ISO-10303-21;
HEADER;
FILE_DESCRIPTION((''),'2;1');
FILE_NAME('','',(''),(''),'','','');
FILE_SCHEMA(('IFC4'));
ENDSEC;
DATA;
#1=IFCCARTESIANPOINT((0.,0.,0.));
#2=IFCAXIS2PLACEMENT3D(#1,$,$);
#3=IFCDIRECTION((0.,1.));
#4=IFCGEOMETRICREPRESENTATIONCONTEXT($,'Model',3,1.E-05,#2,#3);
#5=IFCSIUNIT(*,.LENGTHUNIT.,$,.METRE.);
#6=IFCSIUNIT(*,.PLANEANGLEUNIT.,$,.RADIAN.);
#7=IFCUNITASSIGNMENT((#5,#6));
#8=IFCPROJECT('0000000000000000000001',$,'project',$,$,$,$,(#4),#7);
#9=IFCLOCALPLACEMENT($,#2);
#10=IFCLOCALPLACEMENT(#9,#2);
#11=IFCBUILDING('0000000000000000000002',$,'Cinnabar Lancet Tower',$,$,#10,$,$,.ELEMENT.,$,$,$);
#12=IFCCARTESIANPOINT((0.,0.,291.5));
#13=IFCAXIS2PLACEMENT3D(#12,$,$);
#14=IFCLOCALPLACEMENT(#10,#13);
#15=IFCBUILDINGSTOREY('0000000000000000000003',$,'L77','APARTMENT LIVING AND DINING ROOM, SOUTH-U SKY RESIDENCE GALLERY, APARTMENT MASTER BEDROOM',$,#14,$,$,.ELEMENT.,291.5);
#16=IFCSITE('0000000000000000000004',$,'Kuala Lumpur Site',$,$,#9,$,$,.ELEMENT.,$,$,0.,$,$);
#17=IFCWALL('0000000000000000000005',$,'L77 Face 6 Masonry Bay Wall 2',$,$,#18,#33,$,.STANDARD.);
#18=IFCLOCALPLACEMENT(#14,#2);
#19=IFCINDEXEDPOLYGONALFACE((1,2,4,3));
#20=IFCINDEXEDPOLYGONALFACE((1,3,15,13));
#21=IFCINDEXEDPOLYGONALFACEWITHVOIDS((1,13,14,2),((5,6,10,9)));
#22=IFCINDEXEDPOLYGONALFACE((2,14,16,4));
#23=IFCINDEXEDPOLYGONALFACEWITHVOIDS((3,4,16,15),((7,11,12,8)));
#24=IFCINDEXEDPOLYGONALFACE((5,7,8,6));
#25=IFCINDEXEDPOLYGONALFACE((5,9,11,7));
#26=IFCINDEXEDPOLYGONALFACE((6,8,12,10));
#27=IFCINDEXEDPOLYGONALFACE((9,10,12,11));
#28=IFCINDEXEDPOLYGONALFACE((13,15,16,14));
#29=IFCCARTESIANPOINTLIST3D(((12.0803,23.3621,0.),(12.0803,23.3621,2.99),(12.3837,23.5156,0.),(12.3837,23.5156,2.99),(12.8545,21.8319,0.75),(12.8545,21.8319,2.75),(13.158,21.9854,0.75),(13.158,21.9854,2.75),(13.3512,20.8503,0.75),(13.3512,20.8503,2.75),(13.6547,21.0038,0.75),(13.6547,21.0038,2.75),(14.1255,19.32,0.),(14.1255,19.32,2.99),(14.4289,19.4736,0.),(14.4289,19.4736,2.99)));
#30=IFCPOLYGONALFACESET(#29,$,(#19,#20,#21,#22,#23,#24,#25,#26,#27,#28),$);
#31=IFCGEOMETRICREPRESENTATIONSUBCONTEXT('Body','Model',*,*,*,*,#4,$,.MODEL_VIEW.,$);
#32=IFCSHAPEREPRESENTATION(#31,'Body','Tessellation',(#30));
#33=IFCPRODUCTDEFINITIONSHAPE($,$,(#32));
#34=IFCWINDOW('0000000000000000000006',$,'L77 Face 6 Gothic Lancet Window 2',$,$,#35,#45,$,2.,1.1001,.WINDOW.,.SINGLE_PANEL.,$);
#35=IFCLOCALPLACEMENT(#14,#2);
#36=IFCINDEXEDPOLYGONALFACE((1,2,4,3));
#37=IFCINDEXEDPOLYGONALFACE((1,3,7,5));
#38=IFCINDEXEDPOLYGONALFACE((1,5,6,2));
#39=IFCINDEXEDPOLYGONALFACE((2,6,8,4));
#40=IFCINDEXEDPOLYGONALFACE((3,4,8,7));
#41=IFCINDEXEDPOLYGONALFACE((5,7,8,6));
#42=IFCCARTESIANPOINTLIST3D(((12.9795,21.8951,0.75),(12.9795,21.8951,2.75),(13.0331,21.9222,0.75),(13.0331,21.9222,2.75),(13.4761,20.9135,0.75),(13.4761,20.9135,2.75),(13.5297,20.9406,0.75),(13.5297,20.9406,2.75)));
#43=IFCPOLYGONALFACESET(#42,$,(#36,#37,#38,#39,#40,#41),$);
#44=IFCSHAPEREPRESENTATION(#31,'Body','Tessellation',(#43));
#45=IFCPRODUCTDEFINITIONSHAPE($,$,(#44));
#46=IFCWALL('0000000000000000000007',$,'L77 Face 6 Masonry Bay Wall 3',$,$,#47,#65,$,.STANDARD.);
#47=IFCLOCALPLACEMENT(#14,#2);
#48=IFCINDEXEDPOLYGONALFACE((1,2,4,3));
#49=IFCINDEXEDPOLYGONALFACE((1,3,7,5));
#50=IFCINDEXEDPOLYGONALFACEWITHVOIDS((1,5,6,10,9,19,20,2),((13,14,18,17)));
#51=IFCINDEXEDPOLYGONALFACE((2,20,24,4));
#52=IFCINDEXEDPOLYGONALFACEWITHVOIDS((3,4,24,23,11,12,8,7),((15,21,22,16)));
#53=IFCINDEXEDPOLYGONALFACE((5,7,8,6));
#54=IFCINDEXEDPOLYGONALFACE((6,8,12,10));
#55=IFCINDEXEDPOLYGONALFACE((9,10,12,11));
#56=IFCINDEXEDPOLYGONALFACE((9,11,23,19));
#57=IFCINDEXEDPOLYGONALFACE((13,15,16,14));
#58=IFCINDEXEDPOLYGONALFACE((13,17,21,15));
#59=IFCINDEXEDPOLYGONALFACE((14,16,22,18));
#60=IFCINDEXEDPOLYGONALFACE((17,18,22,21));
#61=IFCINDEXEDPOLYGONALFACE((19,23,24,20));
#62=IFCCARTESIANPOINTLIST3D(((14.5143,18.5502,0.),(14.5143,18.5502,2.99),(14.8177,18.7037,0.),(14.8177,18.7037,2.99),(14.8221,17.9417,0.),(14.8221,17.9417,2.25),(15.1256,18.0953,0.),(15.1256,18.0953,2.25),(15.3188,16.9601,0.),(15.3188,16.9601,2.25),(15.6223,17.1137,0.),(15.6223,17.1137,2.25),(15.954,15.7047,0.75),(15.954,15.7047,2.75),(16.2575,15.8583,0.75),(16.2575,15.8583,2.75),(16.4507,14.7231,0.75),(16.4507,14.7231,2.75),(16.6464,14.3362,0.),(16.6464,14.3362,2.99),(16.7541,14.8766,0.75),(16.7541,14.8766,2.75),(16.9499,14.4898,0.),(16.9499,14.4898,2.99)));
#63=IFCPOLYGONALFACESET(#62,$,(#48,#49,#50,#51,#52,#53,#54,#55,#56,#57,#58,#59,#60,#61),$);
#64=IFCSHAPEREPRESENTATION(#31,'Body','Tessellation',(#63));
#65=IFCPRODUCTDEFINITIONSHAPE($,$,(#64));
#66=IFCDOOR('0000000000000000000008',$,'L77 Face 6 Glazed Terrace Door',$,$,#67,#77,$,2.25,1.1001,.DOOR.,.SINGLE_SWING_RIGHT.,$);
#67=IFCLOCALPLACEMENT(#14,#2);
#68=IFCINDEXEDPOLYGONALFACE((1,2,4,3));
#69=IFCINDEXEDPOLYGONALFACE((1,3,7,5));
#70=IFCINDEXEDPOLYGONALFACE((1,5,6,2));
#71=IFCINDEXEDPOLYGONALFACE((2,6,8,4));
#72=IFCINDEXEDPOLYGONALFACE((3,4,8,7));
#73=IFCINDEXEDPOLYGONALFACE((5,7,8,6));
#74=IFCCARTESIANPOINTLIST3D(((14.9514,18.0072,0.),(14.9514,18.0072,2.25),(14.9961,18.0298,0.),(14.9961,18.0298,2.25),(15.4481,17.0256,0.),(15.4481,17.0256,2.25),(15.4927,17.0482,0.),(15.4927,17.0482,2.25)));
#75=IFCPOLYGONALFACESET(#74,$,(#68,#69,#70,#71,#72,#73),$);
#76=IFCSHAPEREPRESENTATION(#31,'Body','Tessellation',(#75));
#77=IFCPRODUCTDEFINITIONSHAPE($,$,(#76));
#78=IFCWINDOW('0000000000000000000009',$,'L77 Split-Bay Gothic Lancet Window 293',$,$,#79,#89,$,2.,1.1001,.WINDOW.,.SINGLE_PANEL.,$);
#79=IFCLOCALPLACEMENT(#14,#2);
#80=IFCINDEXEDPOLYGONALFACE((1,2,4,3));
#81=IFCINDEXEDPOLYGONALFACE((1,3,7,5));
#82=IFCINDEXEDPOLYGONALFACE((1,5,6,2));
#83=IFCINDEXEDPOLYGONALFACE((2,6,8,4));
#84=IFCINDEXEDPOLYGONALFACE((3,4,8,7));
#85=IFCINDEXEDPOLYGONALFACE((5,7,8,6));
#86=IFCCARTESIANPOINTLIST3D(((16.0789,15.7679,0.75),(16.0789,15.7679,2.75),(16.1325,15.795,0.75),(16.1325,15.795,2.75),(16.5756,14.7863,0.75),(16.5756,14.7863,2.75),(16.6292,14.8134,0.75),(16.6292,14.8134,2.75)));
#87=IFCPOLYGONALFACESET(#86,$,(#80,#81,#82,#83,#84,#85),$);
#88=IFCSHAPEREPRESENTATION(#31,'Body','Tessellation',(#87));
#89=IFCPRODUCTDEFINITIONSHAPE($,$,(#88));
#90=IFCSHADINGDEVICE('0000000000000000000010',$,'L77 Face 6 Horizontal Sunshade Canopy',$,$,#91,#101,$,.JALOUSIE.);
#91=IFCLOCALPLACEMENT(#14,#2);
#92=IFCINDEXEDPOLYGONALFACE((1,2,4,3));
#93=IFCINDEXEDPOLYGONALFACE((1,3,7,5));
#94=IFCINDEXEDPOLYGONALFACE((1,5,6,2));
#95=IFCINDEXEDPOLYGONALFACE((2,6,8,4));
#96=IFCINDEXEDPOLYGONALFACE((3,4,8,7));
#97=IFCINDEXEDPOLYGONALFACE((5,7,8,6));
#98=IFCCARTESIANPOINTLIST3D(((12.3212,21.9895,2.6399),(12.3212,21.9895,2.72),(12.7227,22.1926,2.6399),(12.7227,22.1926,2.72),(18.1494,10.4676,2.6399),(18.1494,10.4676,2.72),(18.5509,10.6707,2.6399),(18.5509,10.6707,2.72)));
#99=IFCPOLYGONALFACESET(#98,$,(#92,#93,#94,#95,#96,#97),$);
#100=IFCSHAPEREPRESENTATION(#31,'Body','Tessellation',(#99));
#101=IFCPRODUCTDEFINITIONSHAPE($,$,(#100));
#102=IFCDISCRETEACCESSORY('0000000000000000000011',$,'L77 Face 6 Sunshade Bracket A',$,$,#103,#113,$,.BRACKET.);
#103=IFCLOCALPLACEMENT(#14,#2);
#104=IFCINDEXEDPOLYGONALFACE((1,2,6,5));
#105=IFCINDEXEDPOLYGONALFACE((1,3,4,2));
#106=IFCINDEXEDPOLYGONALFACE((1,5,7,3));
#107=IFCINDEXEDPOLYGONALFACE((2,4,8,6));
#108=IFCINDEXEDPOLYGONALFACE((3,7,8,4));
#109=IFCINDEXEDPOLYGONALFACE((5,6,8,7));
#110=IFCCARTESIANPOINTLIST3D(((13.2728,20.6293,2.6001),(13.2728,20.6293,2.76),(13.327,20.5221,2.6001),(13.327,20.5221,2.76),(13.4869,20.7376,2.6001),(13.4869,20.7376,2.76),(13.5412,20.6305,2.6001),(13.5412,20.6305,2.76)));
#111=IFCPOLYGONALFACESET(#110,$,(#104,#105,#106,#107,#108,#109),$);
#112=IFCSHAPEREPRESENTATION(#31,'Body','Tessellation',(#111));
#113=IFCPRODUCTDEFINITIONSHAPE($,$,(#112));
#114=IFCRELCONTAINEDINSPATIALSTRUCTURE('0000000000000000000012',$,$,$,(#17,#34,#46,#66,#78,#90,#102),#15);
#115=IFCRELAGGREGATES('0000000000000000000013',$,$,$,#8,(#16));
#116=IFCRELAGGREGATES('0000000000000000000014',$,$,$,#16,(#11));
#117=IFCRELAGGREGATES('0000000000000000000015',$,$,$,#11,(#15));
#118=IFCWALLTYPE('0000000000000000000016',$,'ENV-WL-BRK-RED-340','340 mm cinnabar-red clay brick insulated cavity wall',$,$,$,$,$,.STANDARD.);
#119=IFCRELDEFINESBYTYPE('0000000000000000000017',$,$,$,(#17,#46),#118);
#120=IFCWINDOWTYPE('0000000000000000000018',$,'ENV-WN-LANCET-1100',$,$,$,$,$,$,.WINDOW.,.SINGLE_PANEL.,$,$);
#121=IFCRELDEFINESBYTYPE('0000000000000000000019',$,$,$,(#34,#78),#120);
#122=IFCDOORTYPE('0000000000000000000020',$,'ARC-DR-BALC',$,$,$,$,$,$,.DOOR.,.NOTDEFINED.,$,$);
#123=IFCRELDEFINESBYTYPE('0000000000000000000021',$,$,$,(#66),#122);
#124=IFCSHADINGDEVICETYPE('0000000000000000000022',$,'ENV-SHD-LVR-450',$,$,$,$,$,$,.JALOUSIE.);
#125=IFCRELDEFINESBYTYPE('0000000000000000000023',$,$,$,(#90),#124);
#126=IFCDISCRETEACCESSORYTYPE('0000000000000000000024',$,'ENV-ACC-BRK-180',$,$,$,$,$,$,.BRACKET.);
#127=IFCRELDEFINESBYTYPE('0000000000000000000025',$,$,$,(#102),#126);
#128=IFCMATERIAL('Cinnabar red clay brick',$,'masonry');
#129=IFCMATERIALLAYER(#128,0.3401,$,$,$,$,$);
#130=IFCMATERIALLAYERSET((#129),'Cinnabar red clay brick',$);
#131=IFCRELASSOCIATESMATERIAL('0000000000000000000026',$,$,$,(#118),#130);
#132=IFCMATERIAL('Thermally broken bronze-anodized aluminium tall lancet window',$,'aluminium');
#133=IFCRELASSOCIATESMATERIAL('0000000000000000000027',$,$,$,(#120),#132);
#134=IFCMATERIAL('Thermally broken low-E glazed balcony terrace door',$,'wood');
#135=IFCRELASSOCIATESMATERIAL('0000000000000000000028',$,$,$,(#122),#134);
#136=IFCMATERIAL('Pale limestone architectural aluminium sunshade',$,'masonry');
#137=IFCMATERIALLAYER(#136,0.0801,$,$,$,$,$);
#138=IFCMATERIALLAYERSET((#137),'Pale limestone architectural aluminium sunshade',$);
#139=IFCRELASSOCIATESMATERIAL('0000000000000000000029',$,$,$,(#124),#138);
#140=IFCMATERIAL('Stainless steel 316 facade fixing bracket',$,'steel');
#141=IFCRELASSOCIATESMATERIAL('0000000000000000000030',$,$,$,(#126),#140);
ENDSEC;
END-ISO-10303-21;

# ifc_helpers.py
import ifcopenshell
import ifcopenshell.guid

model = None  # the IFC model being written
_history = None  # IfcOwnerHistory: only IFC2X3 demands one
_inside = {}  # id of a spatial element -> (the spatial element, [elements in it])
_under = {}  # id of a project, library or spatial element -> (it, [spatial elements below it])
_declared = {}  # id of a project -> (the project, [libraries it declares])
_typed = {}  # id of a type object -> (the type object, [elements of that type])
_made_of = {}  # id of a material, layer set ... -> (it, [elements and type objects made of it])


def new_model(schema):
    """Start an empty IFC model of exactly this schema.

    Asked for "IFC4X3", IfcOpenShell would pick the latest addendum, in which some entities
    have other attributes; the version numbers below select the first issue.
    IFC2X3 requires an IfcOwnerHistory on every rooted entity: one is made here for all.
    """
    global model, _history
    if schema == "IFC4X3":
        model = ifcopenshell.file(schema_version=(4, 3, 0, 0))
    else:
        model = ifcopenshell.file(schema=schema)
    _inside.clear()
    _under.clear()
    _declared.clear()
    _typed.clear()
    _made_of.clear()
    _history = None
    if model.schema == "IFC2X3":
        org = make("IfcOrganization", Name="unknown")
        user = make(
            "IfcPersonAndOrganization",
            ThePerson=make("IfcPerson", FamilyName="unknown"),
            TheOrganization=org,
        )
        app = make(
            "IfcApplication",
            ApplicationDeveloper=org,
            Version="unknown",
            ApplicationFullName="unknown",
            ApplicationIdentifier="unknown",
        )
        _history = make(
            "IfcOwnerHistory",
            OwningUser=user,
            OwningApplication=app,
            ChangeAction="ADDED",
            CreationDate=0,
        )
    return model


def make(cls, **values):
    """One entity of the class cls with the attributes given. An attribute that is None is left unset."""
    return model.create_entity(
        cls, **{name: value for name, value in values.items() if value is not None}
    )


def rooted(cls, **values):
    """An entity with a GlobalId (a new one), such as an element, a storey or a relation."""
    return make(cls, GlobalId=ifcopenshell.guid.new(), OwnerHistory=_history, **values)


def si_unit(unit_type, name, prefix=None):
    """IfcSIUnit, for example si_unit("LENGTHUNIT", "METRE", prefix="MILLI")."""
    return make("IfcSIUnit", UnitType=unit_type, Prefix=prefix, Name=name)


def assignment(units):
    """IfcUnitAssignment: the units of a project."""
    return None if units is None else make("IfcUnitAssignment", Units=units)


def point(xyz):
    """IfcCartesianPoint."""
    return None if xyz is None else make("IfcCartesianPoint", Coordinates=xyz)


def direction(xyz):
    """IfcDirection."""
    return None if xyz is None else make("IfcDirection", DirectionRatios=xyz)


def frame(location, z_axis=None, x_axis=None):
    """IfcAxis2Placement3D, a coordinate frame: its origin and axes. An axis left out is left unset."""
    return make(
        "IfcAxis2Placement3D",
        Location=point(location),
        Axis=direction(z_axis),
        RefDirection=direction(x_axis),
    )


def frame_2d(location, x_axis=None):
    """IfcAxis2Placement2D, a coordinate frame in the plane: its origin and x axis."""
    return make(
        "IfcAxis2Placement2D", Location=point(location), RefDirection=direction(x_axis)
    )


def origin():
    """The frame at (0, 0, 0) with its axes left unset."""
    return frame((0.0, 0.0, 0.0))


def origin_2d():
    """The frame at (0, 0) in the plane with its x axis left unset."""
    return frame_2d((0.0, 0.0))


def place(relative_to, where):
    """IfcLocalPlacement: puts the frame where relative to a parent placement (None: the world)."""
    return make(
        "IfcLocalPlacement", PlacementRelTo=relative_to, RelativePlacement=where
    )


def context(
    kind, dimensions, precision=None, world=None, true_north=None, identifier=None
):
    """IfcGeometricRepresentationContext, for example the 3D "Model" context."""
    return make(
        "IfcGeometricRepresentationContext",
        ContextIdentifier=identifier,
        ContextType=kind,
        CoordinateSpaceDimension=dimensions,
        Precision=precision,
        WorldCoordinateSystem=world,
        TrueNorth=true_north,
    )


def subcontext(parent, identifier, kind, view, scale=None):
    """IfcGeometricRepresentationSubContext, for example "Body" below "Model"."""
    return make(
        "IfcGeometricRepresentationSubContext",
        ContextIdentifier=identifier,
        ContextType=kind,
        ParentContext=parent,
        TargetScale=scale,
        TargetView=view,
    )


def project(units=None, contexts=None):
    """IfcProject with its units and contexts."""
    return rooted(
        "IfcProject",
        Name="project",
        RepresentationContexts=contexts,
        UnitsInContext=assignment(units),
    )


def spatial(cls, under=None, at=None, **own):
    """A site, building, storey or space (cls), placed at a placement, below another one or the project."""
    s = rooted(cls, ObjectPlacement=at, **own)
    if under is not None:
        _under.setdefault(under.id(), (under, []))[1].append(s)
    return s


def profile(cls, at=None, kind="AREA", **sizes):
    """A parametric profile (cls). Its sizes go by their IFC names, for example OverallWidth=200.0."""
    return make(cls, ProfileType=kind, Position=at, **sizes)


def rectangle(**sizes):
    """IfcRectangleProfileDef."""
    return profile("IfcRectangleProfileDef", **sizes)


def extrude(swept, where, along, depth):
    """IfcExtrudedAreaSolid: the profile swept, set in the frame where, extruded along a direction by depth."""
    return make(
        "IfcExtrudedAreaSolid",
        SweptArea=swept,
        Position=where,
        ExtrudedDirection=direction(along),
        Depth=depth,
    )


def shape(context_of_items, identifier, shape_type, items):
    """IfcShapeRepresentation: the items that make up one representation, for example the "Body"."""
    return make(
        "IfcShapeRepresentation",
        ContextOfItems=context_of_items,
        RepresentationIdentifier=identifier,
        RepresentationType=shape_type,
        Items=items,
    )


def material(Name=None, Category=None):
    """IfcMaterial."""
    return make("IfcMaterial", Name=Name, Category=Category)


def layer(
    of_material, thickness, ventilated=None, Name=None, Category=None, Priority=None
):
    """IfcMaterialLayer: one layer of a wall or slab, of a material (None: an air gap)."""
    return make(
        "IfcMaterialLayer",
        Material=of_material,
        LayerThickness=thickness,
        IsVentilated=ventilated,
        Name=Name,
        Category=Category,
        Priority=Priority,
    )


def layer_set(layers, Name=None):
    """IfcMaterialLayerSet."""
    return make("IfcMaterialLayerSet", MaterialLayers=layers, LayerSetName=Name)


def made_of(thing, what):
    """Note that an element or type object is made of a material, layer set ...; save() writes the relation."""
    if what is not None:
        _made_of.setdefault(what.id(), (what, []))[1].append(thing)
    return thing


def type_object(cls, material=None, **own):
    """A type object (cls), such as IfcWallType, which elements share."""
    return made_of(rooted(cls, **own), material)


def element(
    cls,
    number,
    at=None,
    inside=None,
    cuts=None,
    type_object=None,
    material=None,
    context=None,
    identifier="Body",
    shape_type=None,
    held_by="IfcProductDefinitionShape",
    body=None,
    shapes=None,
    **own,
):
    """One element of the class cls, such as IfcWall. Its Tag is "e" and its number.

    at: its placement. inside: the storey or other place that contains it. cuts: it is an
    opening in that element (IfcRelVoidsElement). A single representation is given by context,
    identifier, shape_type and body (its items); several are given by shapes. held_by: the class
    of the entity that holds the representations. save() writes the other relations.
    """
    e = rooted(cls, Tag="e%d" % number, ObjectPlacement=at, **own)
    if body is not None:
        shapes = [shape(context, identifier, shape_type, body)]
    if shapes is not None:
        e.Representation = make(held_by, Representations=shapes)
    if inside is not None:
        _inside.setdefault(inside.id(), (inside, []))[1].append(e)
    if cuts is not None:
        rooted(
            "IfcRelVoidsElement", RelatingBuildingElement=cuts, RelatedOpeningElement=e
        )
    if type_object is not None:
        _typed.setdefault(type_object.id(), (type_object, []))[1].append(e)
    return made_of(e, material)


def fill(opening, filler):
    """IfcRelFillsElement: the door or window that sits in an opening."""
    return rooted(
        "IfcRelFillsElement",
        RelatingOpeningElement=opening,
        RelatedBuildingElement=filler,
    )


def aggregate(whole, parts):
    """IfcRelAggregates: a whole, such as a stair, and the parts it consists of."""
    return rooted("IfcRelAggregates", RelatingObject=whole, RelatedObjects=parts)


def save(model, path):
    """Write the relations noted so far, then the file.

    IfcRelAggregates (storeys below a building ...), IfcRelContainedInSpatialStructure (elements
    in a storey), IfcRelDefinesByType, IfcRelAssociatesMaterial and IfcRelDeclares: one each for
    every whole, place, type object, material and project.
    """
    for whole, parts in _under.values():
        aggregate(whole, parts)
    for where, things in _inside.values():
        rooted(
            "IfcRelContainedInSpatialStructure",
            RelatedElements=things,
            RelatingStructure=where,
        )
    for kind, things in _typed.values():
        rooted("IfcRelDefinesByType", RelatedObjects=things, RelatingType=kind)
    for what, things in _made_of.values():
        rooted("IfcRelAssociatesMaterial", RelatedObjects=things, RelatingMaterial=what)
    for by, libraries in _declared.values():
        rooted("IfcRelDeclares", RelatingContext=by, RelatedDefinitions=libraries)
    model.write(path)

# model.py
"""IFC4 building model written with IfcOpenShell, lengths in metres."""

from ifc_helpers import new_model, si_unit, direction, frame, frame_2d, origin, origin_2d, place, context, subcontext, project, spatial, rectangle, extrude, material, layer, layer_set, type_object, element, fill, save


model = new_model("IFC4")

# Units and contexts
model_context = context("Model", 3, precision=1e-05, world=origin(), true_north=direction((0.0, 1.0)))
body_context = subcontext(model_context, "Body", "Model", "MODEL_VIEW")
ifc_project = project(units=[si_unit("LENGTHUNIT", "METRE"), si_unit("PLANEANGLEUNIT", "RADIAN")], contexts=[model_context])

# Site, building, storey
site_placement = place(None, origin())
site = spatial("IfcSite", under=ifc_project, at=site_placement, Name="Kuala Lumpur Site", CompositionType="ELEMENT", RefElevation=0.0)
building_placement = place(site_placement, origin())
building = spatial("IfcBuilding", under=site, at=building_placement, Name="Cinnabar Lancet Tower", CompositionType="ELEMENT")
storey_placement = place(building_placement, frame((0.0, 0.0, 291.5)))
storey = spatial("IfcBuildingStorey", under=building, at=storey_placement, Name="L77", Description="APARTMENT LIVING AND DINING ROOM, SOUTH-U SKY RESIDENCE GALLERY, APARTMENT MASTER BEDROOM", CompositionType="ELEMENT", Elevation=291.5)

# Wall, opening, window
ifc_material_1 = material(Name="Cinnabar red clay brick", Category="masonry")
ifc_layer_1 = layer(ifc_material_1, 0.3401)
ifc_layer_set_1 = layer_set([ifc_layer_1], Name="Cinnabar red clay brick")
wall_type_1 = type_object("IfcWallType", Name="ENV-WL-BRK-RED-340", Description="340 mm cinnabar-red clay brick insulated cavity wall", PredefinedType="STANDARD", material=ifc_layer_set_1)
wall_1_placement = place(storey_placement, frame((12.2319, 23.439, 0.0), z_axis=(0.0, 0.0, 1.0), x_axis=(0.451477, -0.892283, 0.0)))
wall_1 = element("IfcWall", 1, at=wall_1_placement, inside=storey, type_object=wall_type_1, Name="L77 Face 6 Masonry Bay Wall 2", PredefinedType="STANDARD", context=body_context, shape_type="SweptSolid", body=[
    extrude(rectangle(XDim=4.53, YDim=0.3401, at=frame_2d((2.2651, 0.0))), origin(), (0.0, 0.0, 1.0), 2.99),
])
opening_1_placement = place(wall_1_placement, frame((1.7151, 0.0, 0.75)))
opening_1 = element("IfcOpeningElement", 2, at=opening_1_placement, cuts=wall_1, PredefinedType="OPENING", context=body_context, shape_type="SweptSolid", body=[
    extrude(rectangle(XDim=1.1001, YDim=2.0, at=frame_2d((0.55, 1.0))), frame((0.0, 0.1799, 0.0), z_axis=(0.0, -1.0, 0.0), x_axis=(1.0, 0.0, 0.0)), (0.0, 0.0, 1.0), 0.3601),
])
ifc_material_2 = material(Name="Thermally broken bronze-anodized aluminium tall lancet window", Category="aluminium")
window_type = type_object("IfcWindowType", Name="ENV-WN-LANCET-1100", PartitioningType="SINGLE_PANEL", PredefinedType="WINDOW", material=ifc_material_2)
window_1_placement = place(opening_1_placement, origin())
window_1 = element("IfcWindow", 3, at=window_1_placement, inside=storey, type_object=window_type, Name="L77 Face 6 Gothic Lancet Window 2", OverallHeight=2.0, OverallWidth=1.1001, PartitioningType="SINGLE_PANEL", PredefinedType="WINDOW", context=body_context, shape_type="SweptSolid", body=[
    extrude(rectangle(XDim=1.1001, YDim=2.0, at=frame_2d((0.55, 1.0))), frame((0.0, 0.03, 0.0), z_axis=(0.0, -1.0, 0.0), x_axis=(1.0, 0.0, 0.0)), (0.0, 0.0, 1.0), 0.0601),
])
fill(opening_1, window_1)

# Wall, openings, door, window
wall_2_placement = place(storey_placement, frame((14.666, 18.627, 0.0), z_axis=(0.0, 0.0, 1.0), x_axis=(0.451468, -0.892287, 0.0)))
wall_2 = element("IfcWall", 4, at=wall_2_placement, inside=storey, type_object=wall_type_1, Name="L77 Face 6 Masonry Bay Wall 3", PredefinedType="STANDARD", context=body_context, shape_type="SweptSolid", body=[
    extrude(rectangle(XDim=4.7227, YDim=0.3401, at=frame_2d((2.3613, 0.0))), origin(), (0.0, 0.0, 1.0), 2.99),
])
opening_2_placement = place(wall_2_placement, frame((0.6819, 0.0, 0.0)))
opening_2 = element("IfcOpeningElement", 5, at=opening_2_placement, cuts=wall_2, PredefinedType="OPENING", context=body_context, shape_type="SweptSolid", body=[
    extrude(rectangle(XDim=1.1001, YDim=2.25, at=frame_2d((0.55, 1.125))), frame((0.0, 0.1799, 0.0), z_axis=(0.0, -1.0, 0.0), x_axis=(1.0, 0.0, 0.0)), (0.0, 0.0, 1.0), 0.3601),
])
opening_3_placement = place(wall_2_placement, frame((3.189, 0.0, 0.75)))
opening_3 = element("IfcOpeningElement", 6, at=opening_3_placement, cuts=wall_2, PredefinedType="OPENING", context=body_context, shape_type="SweptSolid", body=[
    extrude(rectangle(XDim=1.1001, YDim=2.0, at=frame_2d((0.55, 1.0))), frame((0.0, 0.1799, 0.0), z_axis=(0.0, -1.0, 0.0), x_axis=(1.0, 0.0, 0.0)), (0.0, 0.0, 1.0), 0.3601),
])
ifc_material_3 = material(Name="Thermally broken low-E glazed balcony terrace door", Category="wood")
door_type_1 = type_object("IfcDoorType", Name="ARC-DR-BALC", OperationType="NOTDEFINED", PredefinedType="DOOR", material=ifc_material_3)
door_1_placement = place(opening_2_placement, origin())
door_1 = element("IfcDoor", 7, at=door_1_placement, inside=storey, type_object=door_type_1, Name="L77 Face 6 Glazed Terrace Door", OperationType="SINGLE_SWING_RIGHT", OverallHeight=2.25, OverallWidth=1.1001, PredefinedType="DOOR", context=body_context, shape_type="SweptSolid", body=[
    extrude(rectangle(XDim=1.1001, YDim=2.25, at=frame_2d((0.55, 1.125))), frame((0.0, 0.0249, 0.0), z_axis=(0.0, -1.0, 0.0), x_axis=(1.0, 0.0, 0.0)), (0.0, 0.0, 1.0), 0.05),
])
fill(opening_2, door_1)
window_2_placement = place(opening_3_placement, origin())
window_2 = element("IfcWindow", 8, at=window_2_placement, inside=storey, type_object=window_type, Name="L77 Split-Bay Gothic Lancet Window 293", OverallHeight=2.0, OverallWidth=1.1001, PartitioningType="SINGLE_PANEL", PredefinedType="WINDOW", context=body_context, shape_type="SweptSolid", body=[
    extrude(rectangle(XDim=1.1001, YDim=2.0, at=frame_2d((0.55, 1.0))), frame((0.0, 0.03, 0.0), z_axis=(0.0, -1.0, 0.0), x_axis=(1.0, 0.0, 0.0)), (0.0, 0.0, 1.0), 0.0601),
])
fill(opening_3, window_2)

# Shading device
ifc_material_4 = material(Name="Pale limestone architectural aluminium sunshade", Category="masonry")
ifc_layer_2 = layer(ifc_material_4, 0.0801)
ifc_layer_set_2 = layer_set([ifc_layer_2], Name="Pale limestone architectural aluminium sunshade")
shading_device_type = type_object("IfcShadingDeviceType", Name="ENV-SHD-LVR-450", PredefinedType="JALOUSIE", material=ifc_layer_set_2)
shading_device_placement = place(storey_placement, frame((15.436, 16.3301, 2.6399), z_axis=(0.0, 0.0, 1.0), x_axis=(0.451376, -0.892334, 0.0)))
element("IfcShadingDevice", 9, at=shading_device_placement, inside=storey, type_object=shading_device_type, Name="L77 Face 6 Horizontal Sunshade Canopy", PredefinedType="JALOUSIE", context=body_context, shape_type="SweptSolid", body=[
    extrude(rectangle(XDim=12.9121, YDim=0.45, at=origin_2d()), origin(), (0.0, 0.0, 1.0), 0.0801),
])

# Discrete accessory
ifc_material_5 = material(Name="Stainless steel 316 facade fixing bracket", Category="steel")
discrete_accessory_type = type_object("IfcDiscreteAccessoryType", Name="ENV-ACC-BRK-180", PredefinedType="BRACKET", material=ifc_material_5)
discrete_accessory_placement = place(storey_placement, frame((13.407, 20.6299, 2.6001), z_axis=(0.0, 0.0, 1.0), x_axis=(0.451376, -0.892334, 0.0)))
element("IfcDiscreteAccessory", 10, at=discrete_accessory_placement, inside=storey, type_object=discrete_accessory_type, Name="L77 Face 6 Sunshade Bracket A", PredefinedType="BRACKET", context=body_context, shape_type="SweptSolid", body=[
    extrude(rectangle(XDim=0.1201, YDim=0.24, at=origin_2d()), origin(), (0.0, 0.0, 1.0), 0.1599),
])

save(model, "model.ifc")
